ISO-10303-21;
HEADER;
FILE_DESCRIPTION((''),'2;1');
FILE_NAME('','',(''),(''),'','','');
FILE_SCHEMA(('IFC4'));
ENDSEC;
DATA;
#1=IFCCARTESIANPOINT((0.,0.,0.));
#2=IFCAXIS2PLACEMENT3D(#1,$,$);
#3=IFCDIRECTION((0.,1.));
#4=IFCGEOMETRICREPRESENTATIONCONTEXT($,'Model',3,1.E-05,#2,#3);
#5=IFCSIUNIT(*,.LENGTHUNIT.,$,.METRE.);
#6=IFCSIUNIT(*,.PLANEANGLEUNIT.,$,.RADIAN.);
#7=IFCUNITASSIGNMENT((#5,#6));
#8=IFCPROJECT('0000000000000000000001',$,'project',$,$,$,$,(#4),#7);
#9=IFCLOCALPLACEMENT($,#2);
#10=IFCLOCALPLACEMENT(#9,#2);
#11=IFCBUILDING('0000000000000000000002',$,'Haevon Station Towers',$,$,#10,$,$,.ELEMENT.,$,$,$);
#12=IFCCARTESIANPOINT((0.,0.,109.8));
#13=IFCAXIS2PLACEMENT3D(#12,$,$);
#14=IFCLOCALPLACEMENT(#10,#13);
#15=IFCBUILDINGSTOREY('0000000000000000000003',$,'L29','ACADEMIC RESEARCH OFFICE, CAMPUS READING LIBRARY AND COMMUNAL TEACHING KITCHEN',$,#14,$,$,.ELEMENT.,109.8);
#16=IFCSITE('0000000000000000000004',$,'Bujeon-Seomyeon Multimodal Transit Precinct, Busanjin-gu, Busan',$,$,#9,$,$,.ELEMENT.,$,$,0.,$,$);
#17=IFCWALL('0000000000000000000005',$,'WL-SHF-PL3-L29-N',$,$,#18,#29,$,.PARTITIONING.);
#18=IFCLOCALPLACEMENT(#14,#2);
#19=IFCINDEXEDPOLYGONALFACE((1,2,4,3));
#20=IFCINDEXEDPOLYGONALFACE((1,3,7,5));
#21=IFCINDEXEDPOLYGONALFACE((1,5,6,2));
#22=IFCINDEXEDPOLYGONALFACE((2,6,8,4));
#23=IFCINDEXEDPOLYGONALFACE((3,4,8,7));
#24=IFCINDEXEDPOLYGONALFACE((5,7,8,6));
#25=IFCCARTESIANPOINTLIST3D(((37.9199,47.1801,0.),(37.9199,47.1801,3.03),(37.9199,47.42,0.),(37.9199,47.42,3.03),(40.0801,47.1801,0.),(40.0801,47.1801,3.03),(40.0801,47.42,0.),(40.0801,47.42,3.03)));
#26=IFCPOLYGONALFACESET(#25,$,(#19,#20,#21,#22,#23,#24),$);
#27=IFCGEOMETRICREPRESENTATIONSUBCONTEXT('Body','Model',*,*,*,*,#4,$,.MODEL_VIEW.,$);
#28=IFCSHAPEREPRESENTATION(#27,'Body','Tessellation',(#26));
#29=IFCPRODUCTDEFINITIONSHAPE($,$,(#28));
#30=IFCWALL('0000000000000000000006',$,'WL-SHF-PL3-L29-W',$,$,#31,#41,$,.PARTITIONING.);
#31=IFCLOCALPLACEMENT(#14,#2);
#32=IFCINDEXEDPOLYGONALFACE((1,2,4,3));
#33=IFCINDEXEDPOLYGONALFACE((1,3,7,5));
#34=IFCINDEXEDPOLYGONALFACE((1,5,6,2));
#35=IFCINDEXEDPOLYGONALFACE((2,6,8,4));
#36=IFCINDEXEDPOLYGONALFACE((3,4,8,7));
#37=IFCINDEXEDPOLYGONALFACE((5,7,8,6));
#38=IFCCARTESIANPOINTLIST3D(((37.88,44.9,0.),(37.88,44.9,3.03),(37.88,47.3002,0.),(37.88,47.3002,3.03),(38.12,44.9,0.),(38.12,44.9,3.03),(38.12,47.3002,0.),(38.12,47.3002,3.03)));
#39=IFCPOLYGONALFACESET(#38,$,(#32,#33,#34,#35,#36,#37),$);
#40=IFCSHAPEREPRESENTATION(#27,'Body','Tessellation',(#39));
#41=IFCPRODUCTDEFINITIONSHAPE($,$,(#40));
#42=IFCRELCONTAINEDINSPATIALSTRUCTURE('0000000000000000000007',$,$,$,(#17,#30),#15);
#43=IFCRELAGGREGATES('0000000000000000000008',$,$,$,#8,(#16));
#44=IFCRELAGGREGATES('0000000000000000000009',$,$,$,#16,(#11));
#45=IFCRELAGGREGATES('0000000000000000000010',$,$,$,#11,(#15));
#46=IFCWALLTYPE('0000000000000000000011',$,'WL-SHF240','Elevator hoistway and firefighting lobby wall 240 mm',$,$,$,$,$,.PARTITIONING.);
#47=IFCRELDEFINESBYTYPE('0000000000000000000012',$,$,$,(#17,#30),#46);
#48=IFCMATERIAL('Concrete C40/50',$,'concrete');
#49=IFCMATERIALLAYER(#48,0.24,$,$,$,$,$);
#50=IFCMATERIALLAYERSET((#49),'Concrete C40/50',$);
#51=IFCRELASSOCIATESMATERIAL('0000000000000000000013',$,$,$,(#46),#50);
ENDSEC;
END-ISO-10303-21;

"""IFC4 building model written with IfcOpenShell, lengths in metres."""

from ifc_helpers import new_model, si_unit, direction, frame, frame_2d, origin, place, context, subcontext, project, spatial, rectangle, extrude, material, layer, layer_set, type_object, element, save


model = new_model("IFC4")

# Units and contexts
model_context = context("Model", 3, precision=1e-05, world=origin(), true_north=direction((0.0, 1.0)))
body_context = subcontext(model_context, "Body", "Model", "MODEL_VIEW")
ifc_project = project(units=[si_unit("LENGTHUNIT", "METRE"), si_unit("PLANEANGLEUNIT", "RADIAN")], contexts=[model_context])

# Site, building, storey
site_placement = place(None, origin())
site = spatial("IfcSite", under=ifc_project, at=site_placement, Name="Bujeon-Seomyeon Multimodal Transit Precinct, Busanjin-gu, Busan", CompositionType="ELEMENT", RefElevation=0.0)
building_placement = place(site_placement, origin())
building = spatial("IfcBuilding", under=site, at=building_placement, Name="Haevon Station Towers", CompositionType="ELEMENT")
storey_placement = place(building_placement, frame((0.0, 0.0, 109.8)))
storey = spatial("IfcBuildingStorey", under=building, at=storey_placement, Name="L29", Description="ACADEMIC RESEARCH OFFICE, CAMPUS READING LIBRARY AND COMMUNAL TEACHING KITCHEN", CompositionType="ELEMENT", Elevation=109.8)

# Shared definitions
ifc_material_1 = material(Name="Concrete C40/50", Category="concrete")
ifc_layer_1 = layer(ifc_material_1, 0.24)
ifc_layer_set_1 = layer_set([ifc_layer_1], Name="Concrete C40/50")
wall_type_1 = type_object("IfcWallType", Name="WL-SHF240", Description="Elevator hoistway and firefighting lobby wall 240 mm", PredefinedType="PARTITIONING", material=ifc_layer_set_1)

# Walls
wall_1_placement = place(storey_placement, frame((37.9199, 47.3, 0.0), z_axis=(0.0, 0.0, 1.0), x_axis=(1.0, 0.0, 0.0)))
element("IfcWall", 1, at=wall_1_placement, inside=storey, type_object=wall_type_1, Name="WL-SHF-PL3-L29-N", PredefinedType="PARTITIONING", context=body_context, shape_type="SweptSolid", body=[
    extrude(rectangle(XDim=2.1602, YDim=0.24, at=frame_2d((1.0801, 0.0))), origin(), (0.0, 0.0, 1.0), 3.03),
])
wall_2_placement = place(storey_placement, frame((38.0, 44.8999, 0.0), z_axis=(0.0, 0.0, 1.0), x_axis=(0.0, 1.0, 0.0)))
element("IfcWall", 2, at=wall_2_placement, inside=storey, type_object=wall_type_1, Name="WL-SHF-PL3-L29-W", PredefinedType="PARTITIONING", context=body_context, shape_type="SweptSolid", body=[
    extrude(rectangle(XDim=2.4001, YDim=0.24, at=frame_2d((1.2002, 0.0))), origin(), (0.0, 0.0, 1.0), 3.03),
])

save(model, "model.ifc")
